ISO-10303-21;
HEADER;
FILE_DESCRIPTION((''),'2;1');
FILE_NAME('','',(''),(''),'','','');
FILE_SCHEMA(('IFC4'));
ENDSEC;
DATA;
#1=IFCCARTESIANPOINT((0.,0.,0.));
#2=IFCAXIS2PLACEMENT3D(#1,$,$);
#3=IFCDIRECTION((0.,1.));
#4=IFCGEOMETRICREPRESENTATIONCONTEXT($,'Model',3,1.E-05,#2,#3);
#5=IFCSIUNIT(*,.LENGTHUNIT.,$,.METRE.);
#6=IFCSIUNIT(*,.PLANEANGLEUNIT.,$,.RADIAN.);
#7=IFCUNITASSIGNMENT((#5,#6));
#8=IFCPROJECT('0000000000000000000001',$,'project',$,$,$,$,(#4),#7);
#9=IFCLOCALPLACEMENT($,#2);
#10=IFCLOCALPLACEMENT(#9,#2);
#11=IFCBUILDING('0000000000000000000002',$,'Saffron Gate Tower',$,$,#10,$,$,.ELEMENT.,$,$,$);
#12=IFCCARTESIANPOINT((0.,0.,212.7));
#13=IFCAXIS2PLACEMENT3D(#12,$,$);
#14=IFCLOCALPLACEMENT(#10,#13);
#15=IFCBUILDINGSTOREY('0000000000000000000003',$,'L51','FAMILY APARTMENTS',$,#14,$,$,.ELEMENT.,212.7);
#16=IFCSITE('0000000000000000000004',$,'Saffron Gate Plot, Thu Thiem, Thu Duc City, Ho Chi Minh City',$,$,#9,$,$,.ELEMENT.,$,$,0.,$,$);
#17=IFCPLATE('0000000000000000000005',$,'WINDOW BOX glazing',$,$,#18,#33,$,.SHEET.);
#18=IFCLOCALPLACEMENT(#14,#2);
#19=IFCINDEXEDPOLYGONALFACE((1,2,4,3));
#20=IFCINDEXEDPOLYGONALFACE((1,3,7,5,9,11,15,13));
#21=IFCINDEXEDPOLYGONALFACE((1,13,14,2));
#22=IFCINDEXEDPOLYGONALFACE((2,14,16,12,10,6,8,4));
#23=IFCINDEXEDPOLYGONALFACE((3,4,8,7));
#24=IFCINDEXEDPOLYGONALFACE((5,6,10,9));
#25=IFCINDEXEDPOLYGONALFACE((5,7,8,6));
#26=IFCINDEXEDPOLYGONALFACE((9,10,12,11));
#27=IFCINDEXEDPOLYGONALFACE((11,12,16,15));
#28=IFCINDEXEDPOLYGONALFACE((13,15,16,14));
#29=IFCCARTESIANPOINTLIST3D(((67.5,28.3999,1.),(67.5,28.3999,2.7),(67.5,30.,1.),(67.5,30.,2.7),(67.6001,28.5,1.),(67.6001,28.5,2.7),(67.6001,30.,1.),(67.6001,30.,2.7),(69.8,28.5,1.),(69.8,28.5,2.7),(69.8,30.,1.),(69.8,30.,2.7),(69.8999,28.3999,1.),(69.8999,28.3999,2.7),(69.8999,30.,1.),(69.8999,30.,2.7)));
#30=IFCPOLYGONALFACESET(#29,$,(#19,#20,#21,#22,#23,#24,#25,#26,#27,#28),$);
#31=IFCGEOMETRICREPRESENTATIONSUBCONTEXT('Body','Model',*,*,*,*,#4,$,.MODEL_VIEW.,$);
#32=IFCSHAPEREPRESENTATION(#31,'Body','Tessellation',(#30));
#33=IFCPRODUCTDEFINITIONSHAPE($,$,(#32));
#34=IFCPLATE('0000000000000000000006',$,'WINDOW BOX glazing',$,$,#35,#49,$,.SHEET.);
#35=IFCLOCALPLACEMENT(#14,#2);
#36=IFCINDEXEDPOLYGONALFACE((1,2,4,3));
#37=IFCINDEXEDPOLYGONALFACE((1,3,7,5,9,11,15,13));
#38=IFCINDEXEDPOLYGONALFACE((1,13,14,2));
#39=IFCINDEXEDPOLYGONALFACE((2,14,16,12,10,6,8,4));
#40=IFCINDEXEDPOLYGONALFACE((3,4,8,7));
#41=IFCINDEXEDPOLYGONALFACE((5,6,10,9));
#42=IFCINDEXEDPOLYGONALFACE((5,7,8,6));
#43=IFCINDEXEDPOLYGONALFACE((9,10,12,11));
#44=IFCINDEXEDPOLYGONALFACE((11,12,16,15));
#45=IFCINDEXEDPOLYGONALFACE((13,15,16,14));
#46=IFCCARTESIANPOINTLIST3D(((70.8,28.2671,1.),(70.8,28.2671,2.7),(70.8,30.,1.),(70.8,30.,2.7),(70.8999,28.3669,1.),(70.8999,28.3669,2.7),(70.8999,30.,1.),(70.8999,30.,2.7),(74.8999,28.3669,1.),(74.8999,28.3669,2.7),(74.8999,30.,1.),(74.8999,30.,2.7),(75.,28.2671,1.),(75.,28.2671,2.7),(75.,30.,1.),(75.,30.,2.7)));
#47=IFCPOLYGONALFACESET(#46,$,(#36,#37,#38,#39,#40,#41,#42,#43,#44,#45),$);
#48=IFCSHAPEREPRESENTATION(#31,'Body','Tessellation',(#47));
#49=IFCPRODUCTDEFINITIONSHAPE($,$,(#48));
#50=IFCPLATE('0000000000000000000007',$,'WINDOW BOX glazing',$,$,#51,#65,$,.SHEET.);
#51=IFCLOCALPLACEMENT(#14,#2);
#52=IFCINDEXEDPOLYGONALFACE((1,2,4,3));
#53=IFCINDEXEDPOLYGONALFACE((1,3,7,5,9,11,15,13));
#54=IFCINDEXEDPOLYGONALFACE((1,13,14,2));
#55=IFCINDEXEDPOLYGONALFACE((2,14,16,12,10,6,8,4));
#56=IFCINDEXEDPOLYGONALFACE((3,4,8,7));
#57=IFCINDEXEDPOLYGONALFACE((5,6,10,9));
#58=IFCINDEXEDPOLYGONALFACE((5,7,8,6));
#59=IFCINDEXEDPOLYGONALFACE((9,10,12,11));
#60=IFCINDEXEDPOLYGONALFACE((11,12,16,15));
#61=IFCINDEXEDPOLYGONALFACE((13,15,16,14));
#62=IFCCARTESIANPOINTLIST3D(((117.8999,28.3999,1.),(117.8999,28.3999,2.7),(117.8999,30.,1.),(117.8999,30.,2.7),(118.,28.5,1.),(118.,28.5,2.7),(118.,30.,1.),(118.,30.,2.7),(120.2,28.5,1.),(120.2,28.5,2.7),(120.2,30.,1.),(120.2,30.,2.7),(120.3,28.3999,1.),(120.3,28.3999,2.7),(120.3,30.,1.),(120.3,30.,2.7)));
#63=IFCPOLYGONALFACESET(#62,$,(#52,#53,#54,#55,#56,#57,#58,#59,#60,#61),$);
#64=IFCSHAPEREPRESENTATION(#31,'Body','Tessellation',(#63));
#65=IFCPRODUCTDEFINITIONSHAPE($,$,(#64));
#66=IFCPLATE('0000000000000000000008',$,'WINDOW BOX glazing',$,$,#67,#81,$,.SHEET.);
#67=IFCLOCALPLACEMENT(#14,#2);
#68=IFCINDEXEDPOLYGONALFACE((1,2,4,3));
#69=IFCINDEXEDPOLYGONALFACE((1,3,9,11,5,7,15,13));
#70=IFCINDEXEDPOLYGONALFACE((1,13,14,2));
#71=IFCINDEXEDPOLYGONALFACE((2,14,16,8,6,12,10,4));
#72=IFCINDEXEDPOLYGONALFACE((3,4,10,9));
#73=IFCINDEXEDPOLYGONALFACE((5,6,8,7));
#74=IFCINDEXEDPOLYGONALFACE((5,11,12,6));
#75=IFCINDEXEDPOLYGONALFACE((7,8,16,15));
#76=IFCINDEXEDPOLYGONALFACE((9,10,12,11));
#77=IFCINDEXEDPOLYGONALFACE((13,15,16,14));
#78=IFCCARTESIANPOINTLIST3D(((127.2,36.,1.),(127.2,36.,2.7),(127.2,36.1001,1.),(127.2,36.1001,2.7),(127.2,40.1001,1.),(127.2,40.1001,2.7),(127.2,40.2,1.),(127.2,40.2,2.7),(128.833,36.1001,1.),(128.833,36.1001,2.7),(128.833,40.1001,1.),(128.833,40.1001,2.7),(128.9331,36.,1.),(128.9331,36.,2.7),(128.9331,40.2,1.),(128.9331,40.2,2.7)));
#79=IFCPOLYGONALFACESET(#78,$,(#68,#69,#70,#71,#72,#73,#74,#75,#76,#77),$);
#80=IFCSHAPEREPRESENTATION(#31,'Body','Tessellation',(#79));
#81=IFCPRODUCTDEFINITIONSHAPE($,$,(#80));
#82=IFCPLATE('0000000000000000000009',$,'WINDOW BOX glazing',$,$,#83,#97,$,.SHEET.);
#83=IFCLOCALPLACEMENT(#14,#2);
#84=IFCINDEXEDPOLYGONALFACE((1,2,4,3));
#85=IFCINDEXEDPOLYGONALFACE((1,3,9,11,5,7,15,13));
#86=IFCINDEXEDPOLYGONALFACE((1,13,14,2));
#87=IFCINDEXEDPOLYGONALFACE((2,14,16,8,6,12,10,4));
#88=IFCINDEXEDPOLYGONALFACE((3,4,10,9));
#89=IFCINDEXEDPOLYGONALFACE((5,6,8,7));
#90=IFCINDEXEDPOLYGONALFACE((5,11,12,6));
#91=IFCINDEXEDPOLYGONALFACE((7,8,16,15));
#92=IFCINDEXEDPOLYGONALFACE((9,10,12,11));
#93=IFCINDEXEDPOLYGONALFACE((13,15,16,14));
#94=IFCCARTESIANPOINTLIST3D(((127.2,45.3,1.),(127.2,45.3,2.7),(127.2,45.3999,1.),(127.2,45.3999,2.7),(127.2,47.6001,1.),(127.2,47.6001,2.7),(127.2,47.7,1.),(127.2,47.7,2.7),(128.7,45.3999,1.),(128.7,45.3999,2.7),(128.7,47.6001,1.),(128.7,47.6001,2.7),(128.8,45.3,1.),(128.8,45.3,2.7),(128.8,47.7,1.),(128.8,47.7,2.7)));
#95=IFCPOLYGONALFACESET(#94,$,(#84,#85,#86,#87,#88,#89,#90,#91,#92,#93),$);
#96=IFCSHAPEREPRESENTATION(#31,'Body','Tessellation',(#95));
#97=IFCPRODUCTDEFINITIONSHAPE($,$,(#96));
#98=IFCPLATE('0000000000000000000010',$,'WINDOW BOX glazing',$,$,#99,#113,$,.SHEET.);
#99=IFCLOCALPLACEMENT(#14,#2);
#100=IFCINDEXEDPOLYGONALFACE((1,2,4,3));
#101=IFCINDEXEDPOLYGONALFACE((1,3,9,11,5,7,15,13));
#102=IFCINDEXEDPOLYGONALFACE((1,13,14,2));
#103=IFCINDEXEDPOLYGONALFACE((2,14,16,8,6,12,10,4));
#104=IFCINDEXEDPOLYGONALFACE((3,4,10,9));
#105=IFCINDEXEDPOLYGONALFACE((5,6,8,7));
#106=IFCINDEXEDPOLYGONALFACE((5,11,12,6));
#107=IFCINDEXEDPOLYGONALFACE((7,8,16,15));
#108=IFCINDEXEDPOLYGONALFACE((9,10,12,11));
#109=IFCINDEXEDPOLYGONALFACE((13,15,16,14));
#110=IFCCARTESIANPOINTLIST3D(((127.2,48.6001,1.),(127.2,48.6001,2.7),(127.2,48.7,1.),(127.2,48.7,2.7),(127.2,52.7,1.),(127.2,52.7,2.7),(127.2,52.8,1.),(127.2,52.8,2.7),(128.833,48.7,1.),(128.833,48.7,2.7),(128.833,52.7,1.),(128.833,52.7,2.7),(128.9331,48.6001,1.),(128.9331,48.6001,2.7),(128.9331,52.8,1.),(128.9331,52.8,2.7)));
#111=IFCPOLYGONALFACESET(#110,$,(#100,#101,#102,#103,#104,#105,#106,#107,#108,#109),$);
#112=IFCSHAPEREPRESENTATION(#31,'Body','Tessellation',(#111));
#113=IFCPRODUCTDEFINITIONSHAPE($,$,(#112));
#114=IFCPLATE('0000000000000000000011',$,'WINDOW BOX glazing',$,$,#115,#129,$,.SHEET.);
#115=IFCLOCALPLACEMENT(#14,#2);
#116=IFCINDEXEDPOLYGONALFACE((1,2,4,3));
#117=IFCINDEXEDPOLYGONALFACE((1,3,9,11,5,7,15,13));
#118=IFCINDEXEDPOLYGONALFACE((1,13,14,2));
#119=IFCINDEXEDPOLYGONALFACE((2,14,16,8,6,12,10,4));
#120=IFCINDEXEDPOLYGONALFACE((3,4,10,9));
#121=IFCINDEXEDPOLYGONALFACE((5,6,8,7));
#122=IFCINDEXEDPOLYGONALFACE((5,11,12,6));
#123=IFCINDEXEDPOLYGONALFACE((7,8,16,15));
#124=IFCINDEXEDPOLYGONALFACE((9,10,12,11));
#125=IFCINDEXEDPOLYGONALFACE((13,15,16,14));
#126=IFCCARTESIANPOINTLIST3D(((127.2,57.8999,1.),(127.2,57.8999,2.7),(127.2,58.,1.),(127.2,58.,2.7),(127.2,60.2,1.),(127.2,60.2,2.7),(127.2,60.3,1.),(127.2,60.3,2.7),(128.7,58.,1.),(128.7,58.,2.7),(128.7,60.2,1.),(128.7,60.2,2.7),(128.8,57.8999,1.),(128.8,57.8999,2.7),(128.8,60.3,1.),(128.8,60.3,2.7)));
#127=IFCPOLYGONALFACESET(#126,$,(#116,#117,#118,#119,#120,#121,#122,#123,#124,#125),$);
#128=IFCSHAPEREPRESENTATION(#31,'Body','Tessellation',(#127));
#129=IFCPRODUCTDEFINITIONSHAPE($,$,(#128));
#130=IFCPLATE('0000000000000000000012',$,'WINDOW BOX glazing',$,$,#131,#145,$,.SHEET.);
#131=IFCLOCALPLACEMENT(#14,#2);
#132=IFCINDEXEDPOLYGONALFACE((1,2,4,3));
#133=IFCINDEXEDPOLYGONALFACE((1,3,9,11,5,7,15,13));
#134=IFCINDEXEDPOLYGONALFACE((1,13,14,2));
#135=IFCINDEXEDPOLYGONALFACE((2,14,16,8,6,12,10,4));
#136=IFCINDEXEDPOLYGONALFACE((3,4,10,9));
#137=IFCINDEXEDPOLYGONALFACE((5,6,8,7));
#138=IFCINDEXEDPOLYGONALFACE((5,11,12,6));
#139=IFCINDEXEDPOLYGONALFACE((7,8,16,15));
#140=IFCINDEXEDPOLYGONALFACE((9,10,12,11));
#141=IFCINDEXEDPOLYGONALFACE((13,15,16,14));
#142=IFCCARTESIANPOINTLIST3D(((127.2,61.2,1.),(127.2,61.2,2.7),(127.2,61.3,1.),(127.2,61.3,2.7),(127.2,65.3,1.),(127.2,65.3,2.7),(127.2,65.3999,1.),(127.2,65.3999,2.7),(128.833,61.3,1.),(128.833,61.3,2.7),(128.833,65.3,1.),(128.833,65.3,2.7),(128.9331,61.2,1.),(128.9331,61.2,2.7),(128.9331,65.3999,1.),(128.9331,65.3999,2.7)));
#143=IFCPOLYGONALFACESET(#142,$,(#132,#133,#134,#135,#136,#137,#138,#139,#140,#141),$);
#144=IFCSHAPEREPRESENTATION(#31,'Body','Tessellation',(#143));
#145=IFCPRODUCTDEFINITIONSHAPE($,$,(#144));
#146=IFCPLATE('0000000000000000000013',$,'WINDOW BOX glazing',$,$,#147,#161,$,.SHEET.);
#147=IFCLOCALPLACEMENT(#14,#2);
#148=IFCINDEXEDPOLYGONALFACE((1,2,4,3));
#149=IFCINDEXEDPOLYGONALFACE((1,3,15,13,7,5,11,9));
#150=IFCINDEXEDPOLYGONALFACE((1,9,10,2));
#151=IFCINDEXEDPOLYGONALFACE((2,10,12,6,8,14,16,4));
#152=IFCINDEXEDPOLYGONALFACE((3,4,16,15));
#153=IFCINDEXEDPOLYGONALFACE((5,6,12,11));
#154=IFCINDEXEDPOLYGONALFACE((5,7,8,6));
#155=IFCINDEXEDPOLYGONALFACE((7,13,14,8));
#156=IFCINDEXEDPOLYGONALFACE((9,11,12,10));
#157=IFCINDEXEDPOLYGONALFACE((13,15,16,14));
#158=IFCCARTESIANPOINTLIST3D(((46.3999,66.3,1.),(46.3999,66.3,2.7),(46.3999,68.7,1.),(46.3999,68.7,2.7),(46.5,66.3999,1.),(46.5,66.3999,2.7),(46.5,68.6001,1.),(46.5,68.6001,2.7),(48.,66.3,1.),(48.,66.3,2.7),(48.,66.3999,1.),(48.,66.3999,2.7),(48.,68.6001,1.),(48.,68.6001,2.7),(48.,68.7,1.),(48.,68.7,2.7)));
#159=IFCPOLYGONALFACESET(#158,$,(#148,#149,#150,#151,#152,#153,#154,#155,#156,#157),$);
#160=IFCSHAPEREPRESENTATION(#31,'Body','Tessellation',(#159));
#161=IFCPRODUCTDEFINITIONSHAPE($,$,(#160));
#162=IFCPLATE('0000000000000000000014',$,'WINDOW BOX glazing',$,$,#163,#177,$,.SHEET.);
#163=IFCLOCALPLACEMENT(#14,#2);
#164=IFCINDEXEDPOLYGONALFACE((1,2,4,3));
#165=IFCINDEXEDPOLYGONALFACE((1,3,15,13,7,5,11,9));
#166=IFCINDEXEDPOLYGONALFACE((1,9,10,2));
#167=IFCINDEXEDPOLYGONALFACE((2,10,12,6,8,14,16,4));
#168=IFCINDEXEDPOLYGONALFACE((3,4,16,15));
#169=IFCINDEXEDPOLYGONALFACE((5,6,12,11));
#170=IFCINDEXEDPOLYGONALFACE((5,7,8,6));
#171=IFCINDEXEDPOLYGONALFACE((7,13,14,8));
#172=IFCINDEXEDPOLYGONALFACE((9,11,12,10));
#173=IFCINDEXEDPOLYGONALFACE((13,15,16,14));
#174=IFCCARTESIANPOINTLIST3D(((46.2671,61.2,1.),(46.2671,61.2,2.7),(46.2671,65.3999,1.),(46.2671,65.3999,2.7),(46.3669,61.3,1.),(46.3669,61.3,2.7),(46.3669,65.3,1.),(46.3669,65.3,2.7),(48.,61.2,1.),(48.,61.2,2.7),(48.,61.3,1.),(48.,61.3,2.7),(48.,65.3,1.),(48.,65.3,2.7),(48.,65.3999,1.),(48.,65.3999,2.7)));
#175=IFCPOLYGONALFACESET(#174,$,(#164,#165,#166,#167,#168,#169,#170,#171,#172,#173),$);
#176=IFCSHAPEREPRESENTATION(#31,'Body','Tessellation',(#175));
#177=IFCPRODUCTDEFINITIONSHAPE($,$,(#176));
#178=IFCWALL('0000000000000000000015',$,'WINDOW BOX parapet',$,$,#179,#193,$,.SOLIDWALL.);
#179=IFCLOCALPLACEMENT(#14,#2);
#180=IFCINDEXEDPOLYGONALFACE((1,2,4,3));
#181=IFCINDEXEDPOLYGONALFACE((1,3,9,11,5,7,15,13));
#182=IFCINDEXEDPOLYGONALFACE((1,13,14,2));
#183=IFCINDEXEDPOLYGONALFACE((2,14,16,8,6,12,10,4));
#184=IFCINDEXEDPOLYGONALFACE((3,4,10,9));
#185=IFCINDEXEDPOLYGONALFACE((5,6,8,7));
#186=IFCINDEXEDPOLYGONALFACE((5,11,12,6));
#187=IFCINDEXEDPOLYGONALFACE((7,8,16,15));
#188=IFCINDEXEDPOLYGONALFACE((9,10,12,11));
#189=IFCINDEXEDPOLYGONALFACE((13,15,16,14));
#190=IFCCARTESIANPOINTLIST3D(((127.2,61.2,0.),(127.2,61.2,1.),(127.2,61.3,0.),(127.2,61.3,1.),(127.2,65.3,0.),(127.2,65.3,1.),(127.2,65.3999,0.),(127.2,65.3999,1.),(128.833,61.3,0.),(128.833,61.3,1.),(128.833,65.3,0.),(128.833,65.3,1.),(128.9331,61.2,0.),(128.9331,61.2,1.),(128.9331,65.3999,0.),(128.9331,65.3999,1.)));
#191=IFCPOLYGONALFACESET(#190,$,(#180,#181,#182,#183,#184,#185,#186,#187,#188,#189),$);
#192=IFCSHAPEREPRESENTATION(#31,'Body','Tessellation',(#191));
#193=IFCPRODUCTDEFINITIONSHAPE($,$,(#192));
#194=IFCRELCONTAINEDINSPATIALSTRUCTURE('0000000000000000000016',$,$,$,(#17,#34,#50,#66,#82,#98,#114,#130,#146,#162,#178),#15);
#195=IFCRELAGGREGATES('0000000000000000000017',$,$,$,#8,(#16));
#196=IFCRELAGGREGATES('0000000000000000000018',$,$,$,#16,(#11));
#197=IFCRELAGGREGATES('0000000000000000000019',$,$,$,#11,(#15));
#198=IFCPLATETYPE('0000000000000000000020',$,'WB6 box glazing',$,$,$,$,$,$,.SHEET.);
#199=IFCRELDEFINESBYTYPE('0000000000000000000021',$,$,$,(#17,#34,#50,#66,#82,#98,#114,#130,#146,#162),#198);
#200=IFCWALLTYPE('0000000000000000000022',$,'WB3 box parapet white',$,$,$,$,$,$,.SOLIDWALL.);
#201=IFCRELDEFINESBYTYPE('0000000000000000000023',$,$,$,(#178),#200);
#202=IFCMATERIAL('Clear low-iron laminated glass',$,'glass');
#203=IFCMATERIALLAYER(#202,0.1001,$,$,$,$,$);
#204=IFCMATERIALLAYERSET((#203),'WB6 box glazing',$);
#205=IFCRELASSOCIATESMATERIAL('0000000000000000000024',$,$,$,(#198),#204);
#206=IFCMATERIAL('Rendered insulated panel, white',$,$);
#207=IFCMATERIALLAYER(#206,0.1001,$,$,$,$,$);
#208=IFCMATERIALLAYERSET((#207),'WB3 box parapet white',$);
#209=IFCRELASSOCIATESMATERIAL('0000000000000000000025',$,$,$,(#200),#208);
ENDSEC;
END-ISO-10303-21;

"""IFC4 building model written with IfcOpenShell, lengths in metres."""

from ifc_helpers import new_model, si_unit, direction, frame, origin, place, context, subcontext, project, spatial, polyline, outline, extrude, material, layer, layer_set, type_object, element, save


model = new_model("IFC4")

# Units and contexts
model_context = context("Model", 3, precision=1e-05, world=origin(), true_north=direction((0.0, 1.0)))
body_context = subcontext(model_context, "Body", "Model", "MODEL_VIEW")
ifc_project = project(units=[si_unit("LENGTHUNIT", "METRE"), si_unit("PLANEANGLEUNIT", "RADIAN")], contexts=[model_context])

# Site, building, storey
site_placement = place(None, origin())
site = spatial("IfcSite", under=ifc_project, at=site_placement, Name="Saffron Gate Plot, Thu Thiem, Thu Duc City, Ho Chi Minh City", CompositionType="ELEMENT", RefElevation=0.0)
building_placement = place(site_placement, origin())
building = spatial("IfcBuilding", under=site, at=building_placement, Name="Saffron Gate Tower", CompositionType="ELEMENT")
storey_placement = place(building_placement, frame((0.0, 0.0, 212.7)))
storey = spatial("IfcBuildingStorey", under=building, at=storey_placement, Name="L51", Description="FAMILY APARTMENTS", CompositionType="ELEMENT", Elevation=212.7)

# Plates
ifc_material_1 = material(Name="Clear low-iron laminated glass", Category="glass")
ifc_layer_1 = layer(ifc_material_1, 0.1001)
ifc_layer_set_1 = layer_set([ifc_layer_1], Name="WB6 box glazing")
plate_type_1 = type_object("IfcPlateType", Name="WB6 box glazing", PredefinedType="SHEET", material=ifc_layer_set_1)
plate_1_placement = place(storey_placement, frame((0.0, 0.0, 1.0)))
element("IfcPlate", 1, at=plate_1_placement, inside=storey, type_object=plate_type_1, Name="WINDOW BOX glazing", PredefinedType="SHEET", context=body_context, shape_type="SweptSolid", body=[
    extrude(outline(polyline([(67.5, 30.0), (67.6001, 30.0), (67.6001, 28.5), (69.8, 28.5), (69.8, 30.0), (69.8999, 30.0), (69.8999, 28.3999), (67.5, 28.3999), (67.5, 30.0)])), origin(), (0.0, 0.0, 1.0), 1.7),
])
plate_2_placement = place(storey_placement, frame((0.0, 0.0, 1.0)))
element("IfcPlate", 2, at=plate_2_placement, inside=storey, type_object=plate_type_1, Name="WINDOW BOX glazing", PredefinedType="SHEET", context=body_context, shape_type="SweptSolid", body=[
    extrude(outline(polyline([(70.8, 30.0), (70.8999, 30.0), (70.8999, 28.3669), (74.8999, 28.3669), (74.8999, 30.0), (75.0, 30.0), (75.0, 28.2671), (70.8, 28.2671), (70.8, 30.0)])), origin(), (0.0, 0.0, 1.0), 1.7),
])
plate_3_placement = place(storey_placement, frame((0.0, 0.0, 1.0)))
element("IfcPlate", 3, at=plate_3_placement, inside=storey, type_object=plate_type_1, Name="WINDOW BOX glazing", PredefinedType="SHEET", context=body_context, shape_type="SweptSolid", body=[
    extrude(outline(polyline([(117.8999, 30.0), (118.0, 30.0), (118.0, 28.5), (120.2, 28.5), (120.2, 30.0), (120.3, 30.0), (120.3, 28.3999), (117.8999, 28.3999), (117.8999, 30.0)])), origin(), (0.0, 0.0, 1.0), 1.7),
])
plate_4_placement = place(storey_placement, frame((0.0, 0.0, 1.0)))
element("IfcPlate", 4, at=plate_4_placement, inside=storey, type_object=plate_type_1, Name="WINDOW BOX glazing", PredefinedType="SHEET", context=body_context, shape_type="SweptSolid", body=[
    extrude(outline(polyline([(127.2, 36.0), (127.2, 36.1001), (128.833, 36.1001), (128.833, 40.1001), (127.2, 40.1001), (127.2, 40.2), (128.9331, 40.2), (128.9331, 36.0), (127.2, 36.0)])), origin(), (0.0, 0.0, 1.0), 1.7),
])
plate_5_placement = place(storey_placement, frame((0.0, 0.0, 1.0)))
element("IfcPlate", 5, at=plate_5_placement, inside=storey, type_object=plate_type_1, Name="WINDOW BOX glazing", PredefinedType="SHEET", context=body_context, shape_type="SweptSolid", body=[
    extrude(outline(polyline([(127.2, 45.3), (127.2, 45.3999), (128.7, 45.3999), (128.7, 47.6001), (127.2, 47.6001), (127.2, 47.7), (128.8, 47.7), (128.8, 45.3), (127.2, 45.3)])), origin(), (0.0, 0.0, 1.0), 1.7),
])
plate_6_placement = place(storey_placement, frame((0.0, 0.0, 1.0)))
element("IfcPlate", 6, at=plate_6_placement, inside=storey, type_object=plate_type_1, Name="WINDOW BOX glazing", PredefinedType="SHEET", context=body_context, shape_type="SweptSolid", body=[
    extrude(outline(polyline([(127.2, 48.6001), (127.2, 48.7), (128.833, 48.7), (128.833, 52.7), (127.2, 52.7), (127.2, 52.8), (128.9331, 52.8), (128.9331, 48.6001), (127.2, 48.6001)])), origin(), (0.0, 0.0, 1.0), 1.7),
])
plate_7_placement = place(storey_placement, frame((0.0, 0.0, 1.0)))
element("IfcPlate", 7, at=plate_7_placement, inside=storey, type_object=plate_type_1, Name="WINDOW BOX glazing", PredefinedType="SHEET", context=body_context, shape_type="SweptSolid", body=[
    extrude(outline(polyline([(127.2, 57.8999), (127.2, 58.0), (128.7, 58.0), (128.7, 60.2), (127.2, 60.2), (127.2, 60.3), (128.8, 60.3), (128.8, 57.8999), (127.2, 57.8999)])), origin(), (0.0, 0.0, 1.0), 1.7),
])
plate_8_placement = place(storey_placement, frame((0.0, 0.0, 1.0)))
element("IfcPlate", 8, at=plate_8_placement, inside=storey, type_object=plate_type_1, Name="WINDOW BOX glazing", PredefinedType="SHEET", context=body_context, shape_type="SweptSolid", body=[
    extrude(outline(polyline([(127.2, 61.2), (127.2, 61.3), (128.833, 61.3), (128.833, 65.3), (127.2, 65.3), (127.2, 65.3999), (128.9331, 65.3999), (128.9331, 61.2), (127.2, 61.2)])), origin(), (0.0, 0.0, 1.0), 1.7),
])
plate_9_placement = place(storey_placement, frame((0.0, 0.0, 1.0)))
element("IfcPlate", 9, at=plate_9_placement, inside=storey, type_object=plate_type_1, Name="WINDOW BOX glazing", PredefinedType="SHEET", context=body_context, shape_type="SweptSolid", body=[
    extrude(outline(polyline([(48.0, 68.7), (48.0, 68.6001), (46.5, 68.6001), (46.5, 66.3999), (48.0, 66.3999), (48.0, 66.3), (46.3999, 66.3), (46.3999, 68.7), (48.0, 68.7)])), origin(), (0.0, 0.0, 1.0), 1.7),
])
plate_10_placement = place(storey_placement, frame((0.0, 0.0, 1.0)))
element("IfcPlate", 10, at=plate_10_placement, inside=storey, type_object=plate_type_1, Name="WINDOW BOX glazing", PredefinedType="SHEET", context=body_context, shape_type="SweptSolid", body=[
    extrude(outline(polyline([(48.0, 65.3999), (48.0, 65.3), (46.3669, 65.3), (46.3669, 61.3), (48.0, 61.3), (48.0, 61.2), (46.2671, 61.2), (46.2671, 65.3999), (48.0, 65.3999)])), origin(), (0.0, 0.0, 1.0), 1.7),
])

# Wall
ifc_material_2 = material(Name="Rendered insulated panel, white")
ifc_layer_2 = layer(ifc_material_2, 0.1001)
ifc_layer_set_2 = layer_set([ifc_layer_2], Name="WB3 box parapet white")
wall_type = type_object("IfcWallType", Name="WB3 box parapet white", PredefinedType="SOLIDWALL", material=ifc_layer_set_2)
wall_1_placement = place(storey_placement, origin())
element("IfcWall", 11, at=wall_1_placement, inside=storey, type_object=wall_type, Name="WINDOW BOX parapet", PredefinedType="SOLIDWALL", context=body_context, shape_type="SweptSolid", body=[
    extrude(outline(polyline([(127.2, 61.2), (127.2, 61.3), (128.833, 61.3), (128.833, 65.3), (127.2, 65.3), (127.2, 65.3999), (128.9331, 65.3999), (128.9331, 61.2), (127.2, 61.2)])), origin(), (0.0, 0.0, 1.0), 1.0),
])

save(model, "model.ifc")
